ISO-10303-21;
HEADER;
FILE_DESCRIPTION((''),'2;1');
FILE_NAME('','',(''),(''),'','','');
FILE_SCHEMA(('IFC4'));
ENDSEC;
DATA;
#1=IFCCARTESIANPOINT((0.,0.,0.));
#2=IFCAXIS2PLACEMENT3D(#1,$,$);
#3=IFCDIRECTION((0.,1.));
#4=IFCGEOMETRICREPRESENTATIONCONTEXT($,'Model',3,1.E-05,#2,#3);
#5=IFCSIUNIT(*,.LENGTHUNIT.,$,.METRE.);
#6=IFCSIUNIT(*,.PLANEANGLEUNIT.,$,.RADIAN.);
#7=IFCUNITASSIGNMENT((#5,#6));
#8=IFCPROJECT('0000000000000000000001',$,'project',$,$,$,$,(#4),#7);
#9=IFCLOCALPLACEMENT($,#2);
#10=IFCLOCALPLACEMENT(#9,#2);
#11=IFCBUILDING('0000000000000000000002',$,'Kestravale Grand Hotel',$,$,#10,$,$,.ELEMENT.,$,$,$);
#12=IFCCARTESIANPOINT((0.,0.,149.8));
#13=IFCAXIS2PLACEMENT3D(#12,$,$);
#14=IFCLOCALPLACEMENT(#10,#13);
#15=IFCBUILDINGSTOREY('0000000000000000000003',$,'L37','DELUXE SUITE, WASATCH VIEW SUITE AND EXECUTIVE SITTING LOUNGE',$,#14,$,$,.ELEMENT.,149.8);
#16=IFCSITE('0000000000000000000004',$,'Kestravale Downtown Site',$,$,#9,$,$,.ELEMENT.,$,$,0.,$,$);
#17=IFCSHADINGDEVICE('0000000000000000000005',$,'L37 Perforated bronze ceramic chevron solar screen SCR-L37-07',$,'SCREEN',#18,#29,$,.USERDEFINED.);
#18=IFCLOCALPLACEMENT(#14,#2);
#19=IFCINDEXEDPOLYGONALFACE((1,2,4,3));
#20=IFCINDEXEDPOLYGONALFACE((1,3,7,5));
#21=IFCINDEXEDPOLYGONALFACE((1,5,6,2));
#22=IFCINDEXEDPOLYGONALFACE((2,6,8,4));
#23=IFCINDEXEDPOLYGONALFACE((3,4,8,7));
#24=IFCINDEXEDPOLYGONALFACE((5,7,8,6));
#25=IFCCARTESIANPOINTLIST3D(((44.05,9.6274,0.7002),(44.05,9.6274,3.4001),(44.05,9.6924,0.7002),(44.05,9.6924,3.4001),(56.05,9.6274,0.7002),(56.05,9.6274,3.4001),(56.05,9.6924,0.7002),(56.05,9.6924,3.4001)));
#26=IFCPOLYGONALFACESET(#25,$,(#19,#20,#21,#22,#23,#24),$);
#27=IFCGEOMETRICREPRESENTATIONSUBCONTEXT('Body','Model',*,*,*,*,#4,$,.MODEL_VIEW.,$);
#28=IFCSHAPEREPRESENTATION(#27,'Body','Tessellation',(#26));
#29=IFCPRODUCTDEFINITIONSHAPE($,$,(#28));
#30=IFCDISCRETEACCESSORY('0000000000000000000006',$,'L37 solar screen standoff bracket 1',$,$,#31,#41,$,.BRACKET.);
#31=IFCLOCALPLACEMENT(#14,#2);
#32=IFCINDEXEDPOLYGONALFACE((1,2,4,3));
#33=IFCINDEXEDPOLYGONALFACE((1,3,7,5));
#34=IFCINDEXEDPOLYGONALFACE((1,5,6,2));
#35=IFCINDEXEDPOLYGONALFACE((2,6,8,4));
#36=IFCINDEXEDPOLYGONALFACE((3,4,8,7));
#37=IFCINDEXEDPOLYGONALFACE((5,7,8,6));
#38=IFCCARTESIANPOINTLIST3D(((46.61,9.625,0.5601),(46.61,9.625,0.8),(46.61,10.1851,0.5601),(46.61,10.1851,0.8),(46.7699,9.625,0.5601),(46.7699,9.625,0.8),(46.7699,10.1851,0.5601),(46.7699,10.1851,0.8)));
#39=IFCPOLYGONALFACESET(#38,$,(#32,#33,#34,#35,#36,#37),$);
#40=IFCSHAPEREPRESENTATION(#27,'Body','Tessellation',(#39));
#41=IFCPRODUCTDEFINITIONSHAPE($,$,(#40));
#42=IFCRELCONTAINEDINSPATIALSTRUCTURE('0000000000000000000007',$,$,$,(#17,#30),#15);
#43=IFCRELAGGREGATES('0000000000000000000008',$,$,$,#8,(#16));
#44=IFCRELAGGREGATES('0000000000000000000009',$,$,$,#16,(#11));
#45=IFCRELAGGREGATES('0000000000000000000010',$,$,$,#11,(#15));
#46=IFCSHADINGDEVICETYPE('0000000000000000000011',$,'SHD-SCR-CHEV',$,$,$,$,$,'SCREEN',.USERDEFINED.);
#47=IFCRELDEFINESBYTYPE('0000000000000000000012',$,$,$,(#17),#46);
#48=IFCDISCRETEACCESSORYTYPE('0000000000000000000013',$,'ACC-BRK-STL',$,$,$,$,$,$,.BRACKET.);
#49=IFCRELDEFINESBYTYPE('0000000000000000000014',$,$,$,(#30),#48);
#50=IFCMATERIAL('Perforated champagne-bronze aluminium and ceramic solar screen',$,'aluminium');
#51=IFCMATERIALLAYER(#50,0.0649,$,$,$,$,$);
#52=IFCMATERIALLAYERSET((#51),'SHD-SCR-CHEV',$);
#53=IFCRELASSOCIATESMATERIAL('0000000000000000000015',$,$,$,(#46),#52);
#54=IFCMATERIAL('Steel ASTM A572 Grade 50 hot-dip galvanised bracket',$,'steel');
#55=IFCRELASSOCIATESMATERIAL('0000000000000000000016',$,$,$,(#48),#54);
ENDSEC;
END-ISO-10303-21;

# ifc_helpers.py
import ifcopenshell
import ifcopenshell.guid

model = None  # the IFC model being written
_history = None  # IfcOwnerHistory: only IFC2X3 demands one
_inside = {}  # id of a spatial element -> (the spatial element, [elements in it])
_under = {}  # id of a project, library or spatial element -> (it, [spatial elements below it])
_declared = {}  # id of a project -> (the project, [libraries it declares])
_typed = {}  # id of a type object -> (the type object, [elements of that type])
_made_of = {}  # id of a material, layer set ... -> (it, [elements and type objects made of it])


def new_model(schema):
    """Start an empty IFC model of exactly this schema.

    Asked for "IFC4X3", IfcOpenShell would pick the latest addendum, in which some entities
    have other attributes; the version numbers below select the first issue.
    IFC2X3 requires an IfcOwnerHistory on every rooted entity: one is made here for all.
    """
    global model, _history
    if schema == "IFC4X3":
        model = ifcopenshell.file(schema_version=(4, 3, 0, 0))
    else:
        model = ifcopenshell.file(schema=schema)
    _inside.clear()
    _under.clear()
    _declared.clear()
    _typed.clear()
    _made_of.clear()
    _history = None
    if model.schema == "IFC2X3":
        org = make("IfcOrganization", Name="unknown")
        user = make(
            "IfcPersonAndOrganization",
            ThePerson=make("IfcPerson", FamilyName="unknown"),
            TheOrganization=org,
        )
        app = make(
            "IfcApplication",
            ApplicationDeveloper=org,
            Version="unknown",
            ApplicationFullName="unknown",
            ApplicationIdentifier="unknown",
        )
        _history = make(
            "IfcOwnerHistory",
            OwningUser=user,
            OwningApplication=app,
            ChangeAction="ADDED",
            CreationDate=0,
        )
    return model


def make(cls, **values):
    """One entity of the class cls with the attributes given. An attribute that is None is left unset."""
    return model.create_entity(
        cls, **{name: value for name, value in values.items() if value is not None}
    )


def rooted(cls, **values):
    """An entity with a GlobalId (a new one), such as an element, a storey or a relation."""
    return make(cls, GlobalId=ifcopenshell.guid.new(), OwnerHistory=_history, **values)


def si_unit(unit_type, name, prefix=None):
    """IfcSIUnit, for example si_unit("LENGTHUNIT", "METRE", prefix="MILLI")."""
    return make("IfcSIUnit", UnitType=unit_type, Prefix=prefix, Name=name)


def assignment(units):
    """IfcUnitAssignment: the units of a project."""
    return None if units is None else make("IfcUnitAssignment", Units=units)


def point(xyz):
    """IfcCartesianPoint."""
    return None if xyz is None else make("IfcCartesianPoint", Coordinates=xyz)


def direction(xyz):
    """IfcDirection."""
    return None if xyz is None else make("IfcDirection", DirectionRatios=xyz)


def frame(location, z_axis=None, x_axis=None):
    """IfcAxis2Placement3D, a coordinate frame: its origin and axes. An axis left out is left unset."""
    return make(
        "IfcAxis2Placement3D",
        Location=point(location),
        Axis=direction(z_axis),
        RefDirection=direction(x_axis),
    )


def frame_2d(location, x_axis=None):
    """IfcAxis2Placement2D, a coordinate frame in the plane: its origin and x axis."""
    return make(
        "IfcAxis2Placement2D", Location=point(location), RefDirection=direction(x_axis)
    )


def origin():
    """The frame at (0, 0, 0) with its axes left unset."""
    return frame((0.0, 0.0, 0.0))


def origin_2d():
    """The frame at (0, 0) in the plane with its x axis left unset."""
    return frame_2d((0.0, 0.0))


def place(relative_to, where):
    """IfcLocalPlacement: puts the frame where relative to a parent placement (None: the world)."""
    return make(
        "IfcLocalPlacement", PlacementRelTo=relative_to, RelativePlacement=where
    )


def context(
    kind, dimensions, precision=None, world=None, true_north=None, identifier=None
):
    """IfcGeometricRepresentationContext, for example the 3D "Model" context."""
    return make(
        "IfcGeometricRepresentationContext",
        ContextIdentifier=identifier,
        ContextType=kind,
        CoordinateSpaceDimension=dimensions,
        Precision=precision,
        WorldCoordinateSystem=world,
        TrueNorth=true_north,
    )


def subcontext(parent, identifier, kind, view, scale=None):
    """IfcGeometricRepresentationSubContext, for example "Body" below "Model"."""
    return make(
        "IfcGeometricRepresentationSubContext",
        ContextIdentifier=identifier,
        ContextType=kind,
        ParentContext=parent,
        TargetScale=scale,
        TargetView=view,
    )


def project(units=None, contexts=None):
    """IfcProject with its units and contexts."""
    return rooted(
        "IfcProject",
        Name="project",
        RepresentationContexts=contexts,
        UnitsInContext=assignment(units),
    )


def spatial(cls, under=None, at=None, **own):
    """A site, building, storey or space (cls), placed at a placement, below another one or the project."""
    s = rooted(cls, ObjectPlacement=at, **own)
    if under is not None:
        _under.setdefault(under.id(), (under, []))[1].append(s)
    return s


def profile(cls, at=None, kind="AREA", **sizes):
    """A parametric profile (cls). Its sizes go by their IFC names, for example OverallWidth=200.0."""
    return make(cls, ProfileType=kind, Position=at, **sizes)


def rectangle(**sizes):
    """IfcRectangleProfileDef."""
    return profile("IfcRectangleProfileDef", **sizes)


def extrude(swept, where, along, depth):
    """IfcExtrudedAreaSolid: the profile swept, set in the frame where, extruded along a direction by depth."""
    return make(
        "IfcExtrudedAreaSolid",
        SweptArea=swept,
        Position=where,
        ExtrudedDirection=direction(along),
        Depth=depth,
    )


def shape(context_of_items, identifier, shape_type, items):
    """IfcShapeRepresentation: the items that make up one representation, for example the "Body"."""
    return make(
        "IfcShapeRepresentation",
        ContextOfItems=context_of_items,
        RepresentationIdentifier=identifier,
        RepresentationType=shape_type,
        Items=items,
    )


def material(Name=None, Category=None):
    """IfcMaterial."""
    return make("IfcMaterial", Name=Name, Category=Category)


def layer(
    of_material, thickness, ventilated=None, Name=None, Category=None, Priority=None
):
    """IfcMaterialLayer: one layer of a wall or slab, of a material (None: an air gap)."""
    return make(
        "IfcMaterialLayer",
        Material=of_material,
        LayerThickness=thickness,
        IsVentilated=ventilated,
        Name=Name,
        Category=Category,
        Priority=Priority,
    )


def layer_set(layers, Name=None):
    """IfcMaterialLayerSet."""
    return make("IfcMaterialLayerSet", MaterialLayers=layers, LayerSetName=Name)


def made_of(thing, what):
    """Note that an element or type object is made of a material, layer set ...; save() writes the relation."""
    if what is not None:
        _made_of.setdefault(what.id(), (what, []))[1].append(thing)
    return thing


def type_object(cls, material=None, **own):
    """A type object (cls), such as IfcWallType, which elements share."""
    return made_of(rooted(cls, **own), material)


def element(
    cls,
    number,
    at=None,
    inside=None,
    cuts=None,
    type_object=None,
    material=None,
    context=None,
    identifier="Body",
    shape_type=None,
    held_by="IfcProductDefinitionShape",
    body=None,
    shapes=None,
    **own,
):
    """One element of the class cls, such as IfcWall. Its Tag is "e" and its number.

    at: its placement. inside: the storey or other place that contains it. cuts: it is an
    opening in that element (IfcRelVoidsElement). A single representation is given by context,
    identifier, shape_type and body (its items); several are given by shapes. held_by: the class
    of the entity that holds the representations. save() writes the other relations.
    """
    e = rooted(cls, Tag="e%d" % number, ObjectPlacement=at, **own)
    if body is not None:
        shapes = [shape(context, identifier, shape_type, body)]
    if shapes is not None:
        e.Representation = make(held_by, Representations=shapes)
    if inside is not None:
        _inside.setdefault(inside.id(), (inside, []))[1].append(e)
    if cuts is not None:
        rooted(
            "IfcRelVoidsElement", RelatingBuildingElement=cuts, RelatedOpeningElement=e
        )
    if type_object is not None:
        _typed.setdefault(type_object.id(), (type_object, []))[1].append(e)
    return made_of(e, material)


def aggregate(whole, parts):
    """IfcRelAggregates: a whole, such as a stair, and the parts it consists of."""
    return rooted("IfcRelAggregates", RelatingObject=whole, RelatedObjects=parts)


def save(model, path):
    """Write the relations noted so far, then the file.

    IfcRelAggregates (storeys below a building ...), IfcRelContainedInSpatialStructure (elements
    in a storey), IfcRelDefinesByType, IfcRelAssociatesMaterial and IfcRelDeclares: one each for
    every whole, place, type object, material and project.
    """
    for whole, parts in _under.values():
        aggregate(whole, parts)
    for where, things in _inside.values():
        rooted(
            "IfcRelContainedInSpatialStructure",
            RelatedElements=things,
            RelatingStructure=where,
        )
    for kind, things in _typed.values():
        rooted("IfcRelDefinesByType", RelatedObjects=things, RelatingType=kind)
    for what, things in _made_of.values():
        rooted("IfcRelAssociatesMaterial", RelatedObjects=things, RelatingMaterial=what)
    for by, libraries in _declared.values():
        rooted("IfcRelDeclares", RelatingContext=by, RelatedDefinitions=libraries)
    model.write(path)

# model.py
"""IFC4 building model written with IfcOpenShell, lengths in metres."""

from ifc_helpers import new_model, si_unit, direction, frame, origin, origin_2d, place, context, subcontext, project, spatial, rectangle, extrude, material, layer, layer_set, type_object, element, save


model = new_model("IFC4")

# Units and contexts
model_context = context("Model", 3, precision=1e-05, world=origin(), true_north=direction((0.0, 1.0)))
body_context = subcontext(model_context, "Body", "Model", "MODEL_VIEW")
ifc_project = project(units=[si_unit("LENGTHUNIT", "METRE"), si_unit("PLANEANGLEUNIT", "RADIAN")], contexts=[model_context])

# Site, building, storey
site_placement = place(None, origin())
site = spatial("IfcSite", under=ifc_project, at=site_placement, Name="Kestravale Downtown Site", CompositionType="ELEMENT", RefElevation=0.0)
building_placement = place(site_placement, origin())
building = spatial("IfcBuilding", under=site, at=building_placement, Name="Kestravale Grand Hotel", CompositionType="ELEMENT")
storey_placement = place(building_placement, frame((0.0, 0.0, 149.8)))
storey = spatial("IfcBuildingStorey", under=building, at=storey_placement, Name="L37", Description="DELUXE SUITE, WASATCH VIEW SUITE AND EXECUTIVE SITTING LOUNGE", CompositionType="ELEMENT", Elevation=149.8)

# Shading device
ifc_material_1 = material(Name="Perforated champagne-bronze aluminium and ceramic solar screen", Category="aluminium")
ifc_layer_1 = layer(ifc_material_1, 0.0649)
ifc_layer_set_1 = layer_set([ifc_layer_1], Name="SHD-SCR-CHEV")
shading_device_type = type_object("IfcShadingDeviceType", Name="SHD-SCR-CHEV", ElementType="SCREEN", PredefinedType="USERDEFINED", material=ifc_layer_set_1)
shading_device_placement = place(storey_placement, frame((50.05, 9.6599, 0.7002), z_axis=(0.0, 0.0, 1.0), x_axis=(1.0, 0.0, 0.0)))
element("IfcShadingDevice", 1, at=shading_device_placement, inside=storey, type_object=shading_device_type, Name="L37 Perforated bronze ceramic chevron solar screen SCR-L37-07", ObjectType="SCREEN", PredefinedType="USERDEFINED", context=body_context, shape_type="SweptSolid", body=[
    extrude(rectangle(XDim=12.0, YDim=0.0649, at=origin_2d()), origin(), (0.0, 0.0, 1.0), 2.7),
])

# Discrete accessory
ifc_material_2 = material(Name="Steel ASTM A572 Grade 50 hot-dip galvanised bracket", Category="steel")
discrete_accessory_type = type_object("IfcDiscreteAccessoryType", Name="ACC-BRK-STL", PredefinedType="BRACKET", material=ifc_material_2)
discrete_accessory_placement = place(storey_placement, frame((46.6899, 9.905, 0.5601), z_axis=(0.0, 0.0, 1.0), x_axis=(1.0, 0.0, 0.0)))
element("IfcDiscreteAccessory", 2, at=discrete_accessory_placement, inside=storey, type_object=discrete_accessory_type, Name="L37 solar screen standoff bracket 1", PredefinedType="BRACKET", context=body_context, shape_type="SweptSolid", body=[
    extrude(rectangle(XDim=0.1599, YDim=0.5601, at=origin_2d()), origin(), (0.0, 0.0, 1.0), 0.24),
])

save(model, "model.ifc")
